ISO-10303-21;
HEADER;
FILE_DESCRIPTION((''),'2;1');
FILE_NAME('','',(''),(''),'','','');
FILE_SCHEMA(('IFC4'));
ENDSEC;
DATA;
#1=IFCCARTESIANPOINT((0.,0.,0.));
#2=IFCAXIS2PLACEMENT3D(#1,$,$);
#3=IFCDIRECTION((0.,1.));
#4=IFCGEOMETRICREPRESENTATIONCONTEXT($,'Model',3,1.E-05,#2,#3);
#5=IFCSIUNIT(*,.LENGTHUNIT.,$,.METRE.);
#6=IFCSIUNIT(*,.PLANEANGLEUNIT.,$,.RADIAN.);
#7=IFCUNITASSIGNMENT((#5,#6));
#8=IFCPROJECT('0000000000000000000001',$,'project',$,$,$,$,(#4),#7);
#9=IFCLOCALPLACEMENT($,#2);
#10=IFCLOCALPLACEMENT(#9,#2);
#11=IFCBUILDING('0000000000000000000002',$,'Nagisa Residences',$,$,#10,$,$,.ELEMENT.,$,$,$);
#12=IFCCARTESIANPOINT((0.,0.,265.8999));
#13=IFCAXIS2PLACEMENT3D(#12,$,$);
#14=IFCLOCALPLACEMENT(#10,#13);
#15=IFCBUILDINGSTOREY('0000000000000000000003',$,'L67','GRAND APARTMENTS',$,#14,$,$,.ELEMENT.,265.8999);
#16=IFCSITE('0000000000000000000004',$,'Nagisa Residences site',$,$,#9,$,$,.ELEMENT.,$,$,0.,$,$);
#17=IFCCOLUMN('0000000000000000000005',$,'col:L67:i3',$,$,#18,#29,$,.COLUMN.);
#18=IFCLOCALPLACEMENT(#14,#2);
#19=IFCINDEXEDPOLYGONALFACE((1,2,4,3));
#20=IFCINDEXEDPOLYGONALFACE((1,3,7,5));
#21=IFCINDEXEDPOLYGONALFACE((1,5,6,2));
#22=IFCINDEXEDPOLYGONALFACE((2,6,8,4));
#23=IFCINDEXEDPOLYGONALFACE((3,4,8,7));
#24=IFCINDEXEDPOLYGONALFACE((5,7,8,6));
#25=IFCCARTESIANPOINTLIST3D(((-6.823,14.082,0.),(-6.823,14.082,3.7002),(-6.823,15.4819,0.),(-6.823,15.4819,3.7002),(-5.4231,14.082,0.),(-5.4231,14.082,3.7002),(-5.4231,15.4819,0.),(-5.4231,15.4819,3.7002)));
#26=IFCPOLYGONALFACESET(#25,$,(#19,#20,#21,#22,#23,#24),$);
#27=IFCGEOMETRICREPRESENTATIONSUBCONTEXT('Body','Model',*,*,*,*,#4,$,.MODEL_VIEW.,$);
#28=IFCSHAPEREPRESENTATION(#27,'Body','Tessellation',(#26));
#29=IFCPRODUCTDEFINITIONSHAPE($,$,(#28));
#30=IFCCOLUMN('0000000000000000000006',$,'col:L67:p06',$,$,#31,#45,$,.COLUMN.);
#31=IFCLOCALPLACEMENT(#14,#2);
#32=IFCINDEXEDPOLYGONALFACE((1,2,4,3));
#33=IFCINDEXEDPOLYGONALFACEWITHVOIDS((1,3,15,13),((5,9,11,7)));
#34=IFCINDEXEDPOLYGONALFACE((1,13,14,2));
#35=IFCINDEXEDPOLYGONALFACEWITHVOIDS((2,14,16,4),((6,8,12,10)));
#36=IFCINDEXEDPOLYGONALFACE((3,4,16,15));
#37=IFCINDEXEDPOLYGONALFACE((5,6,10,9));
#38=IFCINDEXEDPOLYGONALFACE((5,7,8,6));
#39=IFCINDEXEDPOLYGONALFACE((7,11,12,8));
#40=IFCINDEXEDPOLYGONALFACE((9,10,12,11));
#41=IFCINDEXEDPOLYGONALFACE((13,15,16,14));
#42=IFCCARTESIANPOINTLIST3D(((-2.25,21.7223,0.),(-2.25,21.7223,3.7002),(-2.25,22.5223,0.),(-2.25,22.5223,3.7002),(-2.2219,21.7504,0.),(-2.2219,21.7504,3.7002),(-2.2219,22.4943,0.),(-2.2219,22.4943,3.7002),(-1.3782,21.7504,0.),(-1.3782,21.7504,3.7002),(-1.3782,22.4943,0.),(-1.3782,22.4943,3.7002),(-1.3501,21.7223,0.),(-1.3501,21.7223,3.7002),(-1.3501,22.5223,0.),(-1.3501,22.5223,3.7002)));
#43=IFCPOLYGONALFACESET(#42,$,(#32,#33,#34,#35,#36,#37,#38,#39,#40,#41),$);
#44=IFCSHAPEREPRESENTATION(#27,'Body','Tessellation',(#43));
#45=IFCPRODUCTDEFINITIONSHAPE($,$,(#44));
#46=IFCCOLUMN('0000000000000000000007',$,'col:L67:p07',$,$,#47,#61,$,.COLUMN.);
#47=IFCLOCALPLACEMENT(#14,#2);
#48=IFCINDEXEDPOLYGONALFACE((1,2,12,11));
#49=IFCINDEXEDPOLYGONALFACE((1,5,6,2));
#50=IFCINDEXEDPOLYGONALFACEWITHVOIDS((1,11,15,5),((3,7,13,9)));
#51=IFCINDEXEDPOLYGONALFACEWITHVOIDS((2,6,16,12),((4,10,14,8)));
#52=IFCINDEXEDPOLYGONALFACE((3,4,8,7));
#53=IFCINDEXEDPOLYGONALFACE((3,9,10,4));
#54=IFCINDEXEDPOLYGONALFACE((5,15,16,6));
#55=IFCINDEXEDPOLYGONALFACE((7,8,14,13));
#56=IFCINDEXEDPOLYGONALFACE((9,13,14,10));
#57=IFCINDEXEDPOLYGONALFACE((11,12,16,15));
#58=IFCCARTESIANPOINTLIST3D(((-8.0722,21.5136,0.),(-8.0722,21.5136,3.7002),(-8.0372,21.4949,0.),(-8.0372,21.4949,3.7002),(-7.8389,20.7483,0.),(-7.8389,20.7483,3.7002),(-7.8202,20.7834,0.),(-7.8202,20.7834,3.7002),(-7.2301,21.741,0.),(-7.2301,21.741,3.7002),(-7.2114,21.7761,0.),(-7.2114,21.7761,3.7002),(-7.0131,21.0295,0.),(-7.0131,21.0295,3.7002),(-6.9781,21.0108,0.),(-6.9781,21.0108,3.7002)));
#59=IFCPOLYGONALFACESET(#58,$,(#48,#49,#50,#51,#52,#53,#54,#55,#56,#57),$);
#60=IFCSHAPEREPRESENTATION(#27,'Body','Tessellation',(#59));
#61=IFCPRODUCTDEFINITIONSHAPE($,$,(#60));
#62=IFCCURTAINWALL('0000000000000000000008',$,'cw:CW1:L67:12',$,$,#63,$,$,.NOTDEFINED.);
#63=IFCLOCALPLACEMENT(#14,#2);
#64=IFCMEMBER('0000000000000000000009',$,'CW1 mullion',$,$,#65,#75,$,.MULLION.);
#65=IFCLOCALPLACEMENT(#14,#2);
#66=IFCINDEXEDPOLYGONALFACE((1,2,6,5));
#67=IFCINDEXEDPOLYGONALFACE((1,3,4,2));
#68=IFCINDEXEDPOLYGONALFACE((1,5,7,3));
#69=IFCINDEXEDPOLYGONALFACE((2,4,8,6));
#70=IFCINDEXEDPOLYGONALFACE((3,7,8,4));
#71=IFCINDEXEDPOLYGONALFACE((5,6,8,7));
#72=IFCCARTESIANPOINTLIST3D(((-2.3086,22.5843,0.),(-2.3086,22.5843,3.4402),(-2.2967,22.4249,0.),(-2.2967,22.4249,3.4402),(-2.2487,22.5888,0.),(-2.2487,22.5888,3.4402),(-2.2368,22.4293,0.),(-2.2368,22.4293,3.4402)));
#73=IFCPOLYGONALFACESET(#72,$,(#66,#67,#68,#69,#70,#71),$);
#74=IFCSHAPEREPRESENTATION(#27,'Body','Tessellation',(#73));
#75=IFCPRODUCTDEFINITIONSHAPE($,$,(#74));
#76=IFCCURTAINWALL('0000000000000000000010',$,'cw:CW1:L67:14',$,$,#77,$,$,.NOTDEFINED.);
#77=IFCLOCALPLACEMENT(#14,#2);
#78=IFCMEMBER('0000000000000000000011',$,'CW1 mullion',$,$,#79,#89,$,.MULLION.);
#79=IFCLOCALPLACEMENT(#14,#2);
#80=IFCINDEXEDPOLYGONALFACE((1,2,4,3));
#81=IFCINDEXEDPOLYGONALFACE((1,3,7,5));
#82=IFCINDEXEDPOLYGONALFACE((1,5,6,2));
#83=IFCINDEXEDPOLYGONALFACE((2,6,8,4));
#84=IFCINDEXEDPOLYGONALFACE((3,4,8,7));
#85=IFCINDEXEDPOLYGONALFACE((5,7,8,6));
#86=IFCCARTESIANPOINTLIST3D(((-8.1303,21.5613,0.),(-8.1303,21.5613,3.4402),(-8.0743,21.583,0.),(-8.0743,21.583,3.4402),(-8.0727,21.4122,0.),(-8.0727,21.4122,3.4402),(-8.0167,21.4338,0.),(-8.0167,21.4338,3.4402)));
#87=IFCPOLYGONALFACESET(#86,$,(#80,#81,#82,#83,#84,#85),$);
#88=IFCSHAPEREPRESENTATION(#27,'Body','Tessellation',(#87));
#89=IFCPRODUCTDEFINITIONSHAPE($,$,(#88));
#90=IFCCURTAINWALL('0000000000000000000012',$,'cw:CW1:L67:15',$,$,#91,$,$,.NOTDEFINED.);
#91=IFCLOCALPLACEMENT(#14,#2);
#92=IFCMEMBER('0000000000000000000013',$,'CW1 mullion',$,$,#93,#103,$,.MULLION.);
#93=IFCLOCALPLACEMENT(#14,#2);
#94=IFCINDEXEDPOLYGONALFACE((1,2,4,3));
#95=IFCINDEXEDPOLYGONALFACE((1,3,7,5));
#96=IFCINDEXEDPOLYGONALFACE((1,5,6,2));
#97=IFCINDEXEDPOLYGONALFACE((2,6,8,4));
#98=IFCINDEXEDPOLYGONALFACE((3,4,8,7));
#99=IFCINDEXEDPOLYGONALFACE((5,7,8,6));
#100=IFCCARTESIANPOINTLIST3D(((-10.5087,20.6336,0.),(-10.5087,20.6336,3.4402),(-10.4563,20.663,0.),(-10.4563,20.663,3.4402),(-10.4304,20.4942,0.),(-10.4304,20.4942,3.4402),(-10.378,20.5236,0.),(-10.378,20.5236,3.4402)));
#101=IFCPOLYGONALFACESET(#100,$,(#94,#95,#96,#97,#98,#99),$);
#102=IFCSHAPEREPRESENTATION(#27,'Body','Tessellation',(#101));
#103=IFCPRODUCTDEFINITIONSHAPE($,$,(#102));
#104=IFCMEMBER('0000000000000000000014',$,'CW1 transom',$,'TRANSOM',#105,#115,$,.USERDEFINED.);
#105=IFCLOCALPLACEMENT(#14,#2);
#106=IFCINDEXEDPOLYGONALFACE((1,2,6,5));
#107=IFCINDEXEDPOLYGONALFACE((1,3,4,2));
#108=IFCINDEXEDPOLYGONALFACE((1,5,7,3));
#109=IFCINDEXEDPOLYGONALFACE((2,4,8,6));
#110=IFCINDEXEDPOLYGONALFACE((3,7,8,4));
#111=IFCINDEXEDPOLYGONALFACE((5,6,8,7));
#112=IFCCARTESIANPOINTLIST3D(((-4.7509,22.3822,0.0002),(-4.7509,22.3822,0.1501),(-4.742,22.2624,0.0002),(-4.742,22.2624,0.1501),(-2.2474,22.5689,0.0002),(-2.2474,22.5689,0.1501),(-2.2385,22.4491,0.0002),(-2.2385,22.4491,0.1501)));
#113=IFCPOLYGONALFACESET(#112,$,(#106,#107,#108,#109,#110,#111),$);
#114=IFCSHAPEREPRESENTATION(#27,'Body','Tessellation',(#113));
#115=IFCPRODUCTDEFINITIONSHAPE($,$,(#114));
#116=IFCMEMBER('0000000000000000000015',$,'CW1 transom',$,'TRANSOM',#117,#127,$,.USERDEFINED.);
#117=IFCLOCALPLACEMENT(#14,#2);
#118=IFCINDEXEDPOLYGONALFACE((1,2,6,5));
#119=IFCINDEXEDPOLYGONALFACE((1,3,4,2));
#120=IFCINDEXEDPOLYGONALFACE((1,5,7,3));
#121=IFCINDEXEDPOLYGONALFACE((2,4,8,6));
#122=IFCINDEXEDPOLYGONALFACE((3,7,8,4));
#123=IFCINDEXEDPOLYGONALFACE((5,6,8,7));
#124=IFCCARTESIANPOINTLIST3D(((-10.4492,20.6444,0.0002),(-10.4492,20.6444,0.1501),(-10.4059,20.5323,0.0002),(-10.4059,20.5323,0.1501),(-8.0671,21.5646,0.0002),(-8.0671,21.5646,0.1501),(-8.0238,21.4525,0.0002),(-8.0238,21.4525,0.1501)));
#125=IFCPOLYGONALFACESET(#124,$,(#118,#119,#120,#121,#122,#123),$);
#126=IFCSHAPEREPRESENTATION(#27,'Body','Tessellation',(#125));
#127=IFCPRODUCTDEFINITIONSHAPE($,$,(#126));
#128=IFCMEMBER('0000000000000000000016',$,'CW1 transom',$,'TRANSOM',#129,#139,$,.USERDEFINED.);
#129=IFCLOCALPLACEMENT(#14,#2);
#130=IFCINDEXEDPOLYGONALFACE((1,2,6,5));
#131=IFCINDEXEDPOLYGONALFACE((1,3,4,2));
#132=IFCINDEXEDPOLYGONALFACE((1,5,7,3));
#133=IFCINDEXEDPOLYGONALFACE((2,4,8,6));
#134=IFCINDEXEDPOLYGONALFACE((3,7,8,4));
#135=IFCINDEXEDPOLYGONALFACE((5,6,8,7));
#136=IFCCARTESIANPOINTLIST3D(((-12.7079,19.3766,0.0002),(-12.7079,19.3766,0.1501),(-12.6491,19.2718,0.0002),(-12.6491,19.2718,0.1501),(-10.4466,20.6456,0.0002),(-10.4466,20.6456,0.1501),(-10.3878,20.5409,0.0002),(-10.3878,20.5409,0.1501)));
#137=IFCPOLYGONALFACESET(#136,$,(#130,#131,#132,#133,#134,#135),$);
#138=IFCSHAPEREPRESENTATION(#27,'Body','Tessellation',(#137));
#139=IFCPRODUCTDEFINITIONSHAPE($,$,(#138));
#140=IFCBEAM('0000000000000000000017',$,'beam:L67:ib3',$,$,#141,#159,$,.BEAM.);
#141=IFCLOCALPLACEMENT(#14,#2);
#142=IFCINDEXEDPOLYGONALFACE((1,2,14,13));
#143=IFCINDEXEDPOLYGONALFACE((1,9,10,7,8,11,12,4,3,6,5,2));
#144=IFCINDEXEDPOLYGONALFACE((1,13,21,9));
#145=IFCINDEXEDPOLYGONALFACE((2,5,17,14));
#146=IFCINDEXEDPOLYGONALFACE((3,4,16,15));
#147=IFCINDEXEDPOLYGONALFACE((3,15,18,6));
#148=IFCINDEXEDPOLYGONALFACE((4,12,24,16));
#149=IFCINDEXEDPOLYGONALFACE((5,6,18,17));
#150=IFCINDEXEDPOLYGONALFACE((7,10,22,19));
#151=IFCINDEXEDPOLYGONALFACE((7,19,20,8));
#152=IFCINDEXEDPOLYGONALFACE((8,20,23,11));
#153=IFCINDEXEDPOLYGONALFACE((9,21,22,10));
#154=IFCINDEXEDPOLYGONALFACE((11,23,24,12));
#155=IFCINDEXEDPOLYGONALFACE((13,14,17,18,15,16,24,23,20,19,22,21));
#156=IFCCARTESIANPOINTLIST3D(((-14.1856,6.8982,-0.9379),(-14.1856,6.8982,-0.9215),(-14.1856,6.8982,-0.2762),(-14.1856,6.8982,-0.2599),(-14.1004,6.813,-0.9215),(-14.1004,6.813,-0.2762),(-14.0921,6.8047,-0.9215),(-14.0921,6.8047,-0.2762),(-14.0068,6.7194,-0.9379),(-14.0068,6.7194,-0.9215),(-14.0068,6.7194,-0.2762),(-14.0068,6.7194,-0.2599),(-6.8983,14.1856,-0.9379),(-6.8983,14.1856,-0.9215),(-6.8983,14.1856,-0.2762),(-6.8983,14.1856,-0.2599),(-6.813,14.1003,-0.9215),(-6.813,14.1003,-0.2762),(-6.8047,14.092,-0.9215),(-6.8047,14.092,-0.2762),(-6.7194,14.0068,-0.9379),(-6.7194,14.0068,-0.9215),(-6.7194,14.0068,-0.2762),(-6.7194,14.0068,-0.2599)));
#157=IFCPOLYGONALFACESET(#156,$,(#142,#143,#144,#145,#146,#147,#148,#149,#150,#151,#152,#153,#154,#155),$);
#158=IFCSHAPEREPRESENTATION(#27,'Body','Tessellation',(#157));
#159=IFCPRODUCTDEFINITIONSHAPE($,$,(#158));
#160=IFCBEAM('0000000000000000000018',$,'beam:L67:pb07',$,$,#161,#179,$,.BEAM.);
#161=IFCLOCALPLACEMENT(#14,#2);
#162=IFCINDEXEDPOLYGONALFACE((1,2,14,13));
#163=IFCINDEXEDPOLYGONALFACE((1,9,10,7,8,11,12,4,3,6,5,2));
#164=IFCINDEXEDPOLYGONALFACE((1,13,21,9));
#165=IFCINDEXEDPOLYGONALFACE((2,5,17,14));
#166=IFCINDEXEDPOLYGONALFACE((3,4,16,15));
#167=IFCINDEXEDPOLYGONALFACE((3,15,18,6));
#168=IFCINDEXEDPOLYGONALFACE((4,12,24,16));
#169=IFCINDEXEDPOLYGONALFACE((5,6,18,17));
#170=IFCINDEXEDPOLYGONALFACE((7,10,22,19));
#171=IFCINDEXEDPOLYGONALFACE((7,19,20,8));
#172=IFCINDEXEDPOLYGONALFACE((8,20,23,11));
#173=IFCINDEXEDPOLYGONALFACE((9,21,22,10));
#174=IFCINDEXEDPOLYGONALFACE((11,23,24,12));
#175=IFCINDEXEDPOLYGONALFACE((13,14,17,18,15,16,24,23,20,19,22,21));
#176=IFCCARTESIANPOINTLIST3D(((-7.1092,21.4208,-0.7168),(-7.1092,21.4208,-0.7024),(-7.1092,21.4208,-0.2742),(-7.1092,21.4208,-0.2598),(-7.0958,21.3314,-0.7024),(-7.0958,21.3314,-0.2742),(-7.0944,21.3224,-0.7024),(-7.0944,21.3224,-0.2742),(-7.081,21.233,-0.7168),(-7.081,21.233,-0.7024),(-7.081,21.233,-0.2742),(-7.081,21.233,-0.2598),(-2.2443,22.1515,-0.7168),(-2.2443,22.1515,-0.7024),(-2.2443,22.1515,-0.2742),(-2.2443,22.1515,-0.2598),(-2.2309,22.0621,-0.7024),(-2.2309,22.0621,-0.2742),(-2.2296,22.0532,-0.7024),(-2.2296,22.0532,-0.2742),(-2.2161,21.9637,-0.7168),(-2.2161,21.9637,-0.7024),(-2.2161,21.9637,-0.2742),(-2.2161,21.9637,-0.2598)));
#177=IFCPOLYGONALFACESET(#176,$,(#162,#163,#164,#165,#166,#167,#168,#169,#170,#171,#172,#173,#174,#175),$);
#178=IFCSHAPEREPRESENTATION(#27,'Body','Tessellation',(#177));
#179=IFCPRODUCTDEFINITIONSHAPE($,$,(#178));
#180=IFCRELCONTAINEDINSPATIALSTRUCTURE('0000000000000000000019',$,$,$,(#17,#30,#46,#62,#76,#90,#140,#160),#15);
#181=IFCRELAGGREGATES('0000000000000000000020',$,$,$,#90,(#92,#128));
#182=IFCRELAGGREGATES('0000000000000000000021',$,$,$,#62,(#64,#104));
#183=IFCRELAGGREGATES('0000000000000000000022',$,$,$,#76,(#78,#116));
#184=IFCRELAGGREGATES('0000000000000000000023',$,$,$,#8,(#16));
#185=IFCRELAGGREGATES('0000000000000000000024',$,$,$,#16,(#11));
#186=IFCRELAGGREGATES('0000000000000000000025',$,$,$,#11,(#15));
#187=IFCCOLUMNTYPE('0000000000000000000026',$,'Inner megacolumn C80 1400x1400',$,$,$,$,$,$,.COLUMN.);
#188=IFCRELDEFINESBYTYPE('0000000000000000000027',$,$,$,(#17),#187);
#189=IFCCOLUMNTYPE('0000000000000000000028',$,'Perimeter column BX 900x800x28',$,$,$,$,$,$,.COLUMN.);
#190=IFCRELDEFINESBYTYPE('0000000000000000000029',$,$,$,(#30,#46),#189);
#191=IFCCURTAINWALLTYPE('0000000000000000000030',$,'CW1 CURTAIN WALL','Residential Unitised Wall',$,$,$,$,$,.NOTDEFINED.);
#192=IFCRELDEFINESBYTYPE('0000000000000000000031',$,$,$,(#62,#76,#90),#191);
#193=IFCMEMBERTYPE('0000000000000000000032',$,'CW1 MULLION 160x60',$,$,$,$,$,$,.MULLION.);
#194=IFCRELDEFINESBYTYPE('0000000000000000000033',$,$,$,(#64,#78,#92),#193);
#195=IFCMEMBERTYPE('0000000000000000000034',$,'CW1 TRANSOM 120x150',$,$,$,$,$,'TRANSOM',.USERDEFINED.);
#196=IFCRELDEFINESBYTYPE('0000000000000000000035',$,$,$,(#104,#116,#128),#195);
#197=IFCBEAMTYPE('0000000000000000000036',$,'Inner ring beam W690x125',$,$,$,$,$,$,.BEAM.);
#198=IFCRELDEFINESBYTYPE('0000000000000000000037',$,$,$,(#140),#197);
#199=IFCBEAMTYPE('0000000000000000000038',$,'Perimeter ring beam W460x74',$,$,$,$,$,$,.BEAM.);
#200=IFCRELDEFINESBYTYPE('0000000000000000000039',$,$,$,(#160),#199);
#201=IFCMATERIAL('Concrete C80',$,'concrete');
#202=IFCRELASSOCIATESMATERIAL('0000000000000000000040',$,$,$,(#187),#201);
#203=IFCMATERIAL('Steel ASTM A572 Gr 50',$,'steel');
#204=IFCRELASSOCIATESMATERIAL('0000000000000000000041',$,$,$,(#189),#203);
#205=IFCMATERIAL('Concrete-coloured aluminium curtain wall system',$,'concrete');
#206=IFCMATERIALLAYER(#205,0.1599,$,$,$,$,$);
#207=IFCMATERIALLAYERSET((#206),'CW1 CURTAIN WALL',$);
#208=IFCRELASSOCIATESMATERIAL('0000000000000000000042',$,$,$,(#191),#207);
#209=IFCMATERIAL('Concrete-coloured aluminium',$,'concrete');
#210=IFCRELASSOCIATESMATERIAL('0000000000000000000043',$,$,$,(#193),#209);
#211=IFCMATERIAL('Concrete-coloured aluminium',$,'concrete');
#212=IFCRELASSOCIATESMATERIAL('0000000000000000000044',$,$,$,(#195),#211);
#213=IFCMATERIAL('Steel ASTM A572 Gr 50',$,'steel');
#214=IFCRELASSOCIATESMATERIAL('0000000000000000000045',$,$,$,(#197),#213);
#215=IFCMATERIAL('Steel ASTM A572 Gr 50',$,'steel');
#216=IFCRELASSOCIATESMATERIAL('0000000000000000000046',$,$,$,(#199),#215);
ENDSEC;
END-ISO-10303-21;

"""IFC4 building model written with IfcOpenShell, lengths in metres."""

from ifc_helpers import new_model, si_unit, direction, frame, origin, origin_2d, place, context, subcontext, project, spatial, rectangle, hollow_rectangle, i_section, extrude, material, layer, layer_set, material_profile, profile_set, type_object, element, aggregate, save


model = new_model("IFC4")

# Units and contexts
model_context = context("Model", 3, precision=1e-05, world=origin(), true_north=direction((0.0, 1.0)))
body_context = subcontext(model_context, "Body", "Model", "MODEL_VIEW")
ifc_project = project(units=[si_unit("LENGTHUNIT", "METRE"), si_unit("PLANEANGLEUNIT", "RADIAN")], contexts=[model_context])

# Site, building, storey
site_placement = place(None, origin())
site = spatial("IfcSite", under=ifc_project, at=site_placement, Name="Nagisa Residences site", CompositionType="ELEMENT", RefElevation=0.0)
building_placement = place(site_placement, origin())
building = spatial("IfcBuilding", under=site, at=building_placement, Name="Nagisa Residences", CompositionType="ELEMENT")
storey_placement = place(building_placement, frame((0.0, 0.0, 265.8999)))
storey = spatial("IfcBuildingStorey", under=building, at=storey_placement, Name="L67", Description="GRAND APARTMENTS", CompositionType="ELEMENT", Elevation=265.8999)

# Columns
ifc_material_1 = material(Name="Concrete C80", Category="concrete")
ifc_material_profile_1 = material_profile(ifc_material_1, rectangle(XDim=1.3999, YDim=1.3999, at=origin_2d()), Name="C80 1400x1400")
ifc_profile_set_1 = profile_set([ifc_material_profile_1], Name="Concrete C80")
column_type_1 = type_object("IfcColumnType", Name="Inner megacolumn C80 1400x1400", PredefinedType="COLUMN", material=ifc_profile_set_1)
column_placement = place(storey_placement, frame((-6.123, 14.782, 0.0), z_axis=(0.0, 0.0, 1.0), x_axis=(1.0, 0.0, 0.0)))
element("IfcColumn", 1, at=column_placement, inside=storey, type_object=column_type_1, Name="col:L67:i3", PredefinedType="COLUMN", context=body_context, shape_type="SweptSolid", body=[
    extrude(rectangle(XDim=1.3999, YDim=1.3999, at=origin_2d()), origin(), (0.0, 0.0, 1.0), 3.7002),
])
ifc_material_2 = material(Name="Steel ASTM A572 Gr 50", Category="steel")
ifc_material_profile_2 = material_profile(ifc_material_2, hollow_rectangle(XDim=0.8999, YDim=0.8, WallThickness=0.0281, at=origin_2d()), Name="BX 900x800x28")
ifc_profile_set_2 = profile_set([ifc_material_profile_2], Name="Steel ASTM A572 Gr 50")
column_type_2 = type_object("IfcColumnType", Name="Perimeter column BX 900x800x28", PredefinedType="COLUMN", material=ifc_profile_set_2)
for number, where, z_axis, x_axis, name in (
    (2, (-1.8, 22.1223, 0.0), (0.0, 0.0, 1.0), (-1.0, 0.0, 0.0), "col:L67:p06"),
    (3, (-7.5251, 21.2622, 0.0), (0.0, 0.0, 1.0), (-0.956525, -0.291652, 0.0), "col:L67:p07"),
):
    element("IfcColumn", number, at=place(storey_placement, frame(where, z_axis=z_axis, x_axis=x_axis)), inside=storey, type_object=column_type_2, Name=name, PredefinedType="COLUMN", context=body_context, shape_type="SweptSolid", body=[
        extrude(hollow_rectangle(XDim=0.8999, YDim=0.8, WallThickness=0.0281, at=origin_2d()), origin(), (0.0, 0.0, 1.0), 3.7002),
    ])

# Curtain walls, members
ifc_material_3 = material(Name="Concrete-coloured aluminium curtain wall system", Category="concrete")
ifc_layer_1 = layer(ifc_material_3, 0.1599)
ifc_layer_set_1 = layer_set([ifc_layer_1], Name="CW1 CURTAIN WALL")
curtain_wall_type = type_object("IfcCurtainWallType", Name="CW1 CURTAIN WALL", Description="Residential Unitised Wall", PredefinedType="NOTDEFINED", material=ifc_layer_set_1)
curtain_wall_1_placement = place(storey_placement, origin())
curtain_wall_1 = element("IfcCurtainWall", 4, at=curtain_wall_1_placement, inside=storey, type_object=curtain_wall_type, Name="cw:CW1:L67:12", PredefinedType="NOTDEFINED")
ifc_material_4 = material(Name="Concrete-coloured aluminium", Category="concrete")
ifc_material_profile_3 = material_profile(ifc_material_4, rectangle(XDim=0.1599, YDim=0.0601, at=origin_2d()), Name="CW1 MULLION 160x60")
ifc_profile_set_3 = profile_set([ifc_material_profile_3], Name="Concrete-coloured aluminium")
member_type_1 = type_object("IfcMemberType", Name="CW1 MULLION 160x60", PredefinedType="MULLION", material=ifc_profile_set_3)
member_1_placement = place(storey_placement, frame((-2.2727, 22.5068, 0.0), z_axis=(0.0, 0.0, 1.0), x_axis=(0.074377, -0.99723, 0.0)))
member_1 = element("IfcMember", 5, at=member_1_placement, type_object=member_type_1, Name="CW1 mullion", PredefinedType="MULLION", context=body_context, shape_type="SweptSolid", body=[
    extrude(rectangle(XDim=0.1599, YDim=0.0601, at=origin_2d()), origin(), (0.0, 0.0, 1.0), 3.4402),
])
curtain_wall_2_placement = place(storey_placement, origin())
curtain_wall_2 = element("IfcCurtainWall", 6, at=curtain_wall_2_placement, inside=storey, type_object=curtain_wall_type, Name="cw:CW1:L67:14", PredefinedType="NOTDEFINED")
member_2_placement = place(storey_placement, frame((-8.0735, 21.4976, 0.0), z_axis=(0.0, 0.0, 1.0), x_axis=(0.360328, -0.932826, 0.0)))
member_2 = element("IfcMember", 7, at=member_2_placement, type_object=member_type_1, Name="CW1 mullion", PredefinedType="MULLION", context=body_context, shape_type="SweptSolid", body=[
    extrude(rectangle(XDim=0.1599, YDim=0.0601, at=origin_2d()), origin(), (0.0, 0.0, 1.0), 3.4402),
])
curtain_wall_3_placement = place(storey_placement, origin())
curtain_wall_3 = element("IfcCurtainWall", 8, at=curtain_wall_3_placement, inside=storey, type_object=curtain_wall_type, Name="cw:CW1:L67:15", PredefinedType="NOTDEFINED")
member_3_placement = place(storey_placement, frame((-10.4434, 20.5786, 0.0), z_axis=(0.0, 0.0, 1.0), x_axis=(0.489377, -0.872072, 0.0)))
member_3 = element("IfcMember", 9, at=member_3_placement, type_object=member_type_1, Name="CW1 mullion", PredefinedType="MULLION", context=body_context, shape_type="SweptSolid", body=[
    extrude(rectangle(XDim=0.1599, YDim=0.0601, at=origin_2d()), origin(), (0.0, 0.0, 1.0), 3.4402),
])

# Members
ifc_material_5 = material(Name="Concrete-coloured aluminium", Category="concrete")
ifc_material_profile_4 = material_profile(ifc_material_5, rectangle(XDim=0.1201, YDim=0.1499, at=origin_2d()), Name="CW1 TRANSOM 120x150")
ifc_profile_set_4 = profile_set([ifc_material_profile_4], Name="Concrete-coloured aluminium")
member_type_2 = type_object("IfcMemberType", Name="CW1 TRANSOM 120x150", ElementType="TRANSOM", PredefinedType="USERDEFINED", material=ifc_profile_set_4)
member_4_placement = place(storey_placement, frame((-2.2429, 22.509, 0.0752), z_axis=(-0.997229, -0.074391, 0.0), x_axis=(0.074391, -0.997229, 0.0)))
member_4 = element("IfcMember", 10, at=member_4_placement, type_object=member_type_2, Name="CW1 transom", ObjectType="TRANSOM", PredefinedType="USERDEFINED", context=body_context, shape_type="SweptSolid", body=[
    extrude(rectangle(XDim=0.1201, YDim=0.1499, at=origin_2d()), origin(), (0.0, 0.0, 1.0), 2.5105),
])
member_5_placement = place(storey_placement, frame((-8.0454, 21.5085, 0.0752), z_axis=(-0.932822, -0.360337, 0.0), x_axis=(0.360337, -0.932822, 0.0)))
member_5 = element("IfcMember", 11, at=member_5_placement, type_object=member_type_2, Name="CW1 transom", ObjectType="TRANSOM", PredefinedType="USERDEFINED", context=body_context, shape_type="SweptSolid", body=[
    extrude(rectangle(XDim=0.1201, YDim=0.1499, at=origin_2d()), origin(), (0.0, 0.0, 1.0), 2.5537),
])
member_6_placement = place(storey_placement, frame((-10.4172, 20.5933, 0.0752), z_axis=(-0.872053, -0.489412, 0.0), x_axis=(0.489412, -0.872053, 0.0)))
member_6 = element("IfcMember", 12, at=member_6_placement, type_object=member_type_2, Name="CW1 transom", ObjectType="TRANSOM", PredefinedType="USERDEFINED", context=body_context, shape_type="SweptSolid", body=[
    extrude(rectangle(XDim=0.1201, YDim=0.1499, at=origin_2d()), origin(), (0.0, 0.0, 1.0), 2.593),
])
aggregate(curtain_wall_3, [member_3, member_6])

# Beams
ifc_material_6 = material(Name="Steel ASTM A572 Gr 50", Category="steel")
ifc_material_profile_5 = material_profile(ifc_material_6, i_section(OverallWidth=0.2529, OverallDepth=0.678, WebThickness=0.0117, FlangeThickness=0.0164, at=origin_2d()), Name="W690x125")
ifc_profile_set_5 = profile_set([ifc_material_profile_5], Name="Steel ASTM A572 Gr 50")
beam_type_1 = type_object("IfcBeamType", Name="Inner ring beam W690x125", PredefinedType="BEAM", material=ifc_profile_set_5)
beam_1_placement = place(storey_placement, frame((-6.8088, 14.0962, -0.5989), z_axis=(-0.707107, -0.707107, 0.0), x_axis=(0.707107, -0.707107, 0.0)))
element("IfcBeam", 13, at=beam_1_placement, inside=storey, type_object=beam_type_1, Name="beam:L67:ib3", PredefinedType="BEAM", context=body_context, shape_type="SweptSolid", body=[
    extrude(i_section(OverallWidth=0.2529, OverallDepth=0.678, WebThickness=0.0117, FlangeThickness=0.0164, at=origin_2d()), origin(), (0.0, 0.0, 1.0), 10.3059),
])
ifc_material_7 = material(Name="Steel ASTM A572 Gr 50", Category="steel")
ifc_material_profile_6 = material_profile(ifc_material_7, i_section(OverallWidth=0.1899, OverallDepth=0.457, WebThickness=0.009, FlangeThickness=0.0144, at=origin_2d()), Name="W460x74")
ifc_profile_set_6 = profile_set([ifc_material_profile_6], Name="Steel ASTM A572 Gr 50")
beam_type_2 = type_object("IfcBeamType", Name="Perimeter ring beam W460x74", PredefinedType="BEAM", material=ifc_profile_set_6)
beam_2_placement = place(storey_placement, frame((-2.2302, 22.0576, -0.4883), z_axis=(-0.988906, -0.148539, 0.0), x_axis=(0.148539, -0.988906, 0.0)))
element("IfcBeam", 14, at=beam_2_placement, inside=storey, type_object=beam_type_2, Name="beam:L67:pb07", PredefinedType="BEAM", context=body_context, shape_type="SweptSolid", body=[
    extrude(i_section(OverallWidth=0.1899, OverallDepth=0.457, WebThickness=0.009, FlangeThickness=0.0144, at=origin_2d()), origin(), (0.0, 0.0, 1.0), 4.9194),
])

aggregate(curtain_wall_1, [member_1, member_4])
aggregate(curtain_wall_2, [member_2, member_5])

save(model, "model.ifc")
